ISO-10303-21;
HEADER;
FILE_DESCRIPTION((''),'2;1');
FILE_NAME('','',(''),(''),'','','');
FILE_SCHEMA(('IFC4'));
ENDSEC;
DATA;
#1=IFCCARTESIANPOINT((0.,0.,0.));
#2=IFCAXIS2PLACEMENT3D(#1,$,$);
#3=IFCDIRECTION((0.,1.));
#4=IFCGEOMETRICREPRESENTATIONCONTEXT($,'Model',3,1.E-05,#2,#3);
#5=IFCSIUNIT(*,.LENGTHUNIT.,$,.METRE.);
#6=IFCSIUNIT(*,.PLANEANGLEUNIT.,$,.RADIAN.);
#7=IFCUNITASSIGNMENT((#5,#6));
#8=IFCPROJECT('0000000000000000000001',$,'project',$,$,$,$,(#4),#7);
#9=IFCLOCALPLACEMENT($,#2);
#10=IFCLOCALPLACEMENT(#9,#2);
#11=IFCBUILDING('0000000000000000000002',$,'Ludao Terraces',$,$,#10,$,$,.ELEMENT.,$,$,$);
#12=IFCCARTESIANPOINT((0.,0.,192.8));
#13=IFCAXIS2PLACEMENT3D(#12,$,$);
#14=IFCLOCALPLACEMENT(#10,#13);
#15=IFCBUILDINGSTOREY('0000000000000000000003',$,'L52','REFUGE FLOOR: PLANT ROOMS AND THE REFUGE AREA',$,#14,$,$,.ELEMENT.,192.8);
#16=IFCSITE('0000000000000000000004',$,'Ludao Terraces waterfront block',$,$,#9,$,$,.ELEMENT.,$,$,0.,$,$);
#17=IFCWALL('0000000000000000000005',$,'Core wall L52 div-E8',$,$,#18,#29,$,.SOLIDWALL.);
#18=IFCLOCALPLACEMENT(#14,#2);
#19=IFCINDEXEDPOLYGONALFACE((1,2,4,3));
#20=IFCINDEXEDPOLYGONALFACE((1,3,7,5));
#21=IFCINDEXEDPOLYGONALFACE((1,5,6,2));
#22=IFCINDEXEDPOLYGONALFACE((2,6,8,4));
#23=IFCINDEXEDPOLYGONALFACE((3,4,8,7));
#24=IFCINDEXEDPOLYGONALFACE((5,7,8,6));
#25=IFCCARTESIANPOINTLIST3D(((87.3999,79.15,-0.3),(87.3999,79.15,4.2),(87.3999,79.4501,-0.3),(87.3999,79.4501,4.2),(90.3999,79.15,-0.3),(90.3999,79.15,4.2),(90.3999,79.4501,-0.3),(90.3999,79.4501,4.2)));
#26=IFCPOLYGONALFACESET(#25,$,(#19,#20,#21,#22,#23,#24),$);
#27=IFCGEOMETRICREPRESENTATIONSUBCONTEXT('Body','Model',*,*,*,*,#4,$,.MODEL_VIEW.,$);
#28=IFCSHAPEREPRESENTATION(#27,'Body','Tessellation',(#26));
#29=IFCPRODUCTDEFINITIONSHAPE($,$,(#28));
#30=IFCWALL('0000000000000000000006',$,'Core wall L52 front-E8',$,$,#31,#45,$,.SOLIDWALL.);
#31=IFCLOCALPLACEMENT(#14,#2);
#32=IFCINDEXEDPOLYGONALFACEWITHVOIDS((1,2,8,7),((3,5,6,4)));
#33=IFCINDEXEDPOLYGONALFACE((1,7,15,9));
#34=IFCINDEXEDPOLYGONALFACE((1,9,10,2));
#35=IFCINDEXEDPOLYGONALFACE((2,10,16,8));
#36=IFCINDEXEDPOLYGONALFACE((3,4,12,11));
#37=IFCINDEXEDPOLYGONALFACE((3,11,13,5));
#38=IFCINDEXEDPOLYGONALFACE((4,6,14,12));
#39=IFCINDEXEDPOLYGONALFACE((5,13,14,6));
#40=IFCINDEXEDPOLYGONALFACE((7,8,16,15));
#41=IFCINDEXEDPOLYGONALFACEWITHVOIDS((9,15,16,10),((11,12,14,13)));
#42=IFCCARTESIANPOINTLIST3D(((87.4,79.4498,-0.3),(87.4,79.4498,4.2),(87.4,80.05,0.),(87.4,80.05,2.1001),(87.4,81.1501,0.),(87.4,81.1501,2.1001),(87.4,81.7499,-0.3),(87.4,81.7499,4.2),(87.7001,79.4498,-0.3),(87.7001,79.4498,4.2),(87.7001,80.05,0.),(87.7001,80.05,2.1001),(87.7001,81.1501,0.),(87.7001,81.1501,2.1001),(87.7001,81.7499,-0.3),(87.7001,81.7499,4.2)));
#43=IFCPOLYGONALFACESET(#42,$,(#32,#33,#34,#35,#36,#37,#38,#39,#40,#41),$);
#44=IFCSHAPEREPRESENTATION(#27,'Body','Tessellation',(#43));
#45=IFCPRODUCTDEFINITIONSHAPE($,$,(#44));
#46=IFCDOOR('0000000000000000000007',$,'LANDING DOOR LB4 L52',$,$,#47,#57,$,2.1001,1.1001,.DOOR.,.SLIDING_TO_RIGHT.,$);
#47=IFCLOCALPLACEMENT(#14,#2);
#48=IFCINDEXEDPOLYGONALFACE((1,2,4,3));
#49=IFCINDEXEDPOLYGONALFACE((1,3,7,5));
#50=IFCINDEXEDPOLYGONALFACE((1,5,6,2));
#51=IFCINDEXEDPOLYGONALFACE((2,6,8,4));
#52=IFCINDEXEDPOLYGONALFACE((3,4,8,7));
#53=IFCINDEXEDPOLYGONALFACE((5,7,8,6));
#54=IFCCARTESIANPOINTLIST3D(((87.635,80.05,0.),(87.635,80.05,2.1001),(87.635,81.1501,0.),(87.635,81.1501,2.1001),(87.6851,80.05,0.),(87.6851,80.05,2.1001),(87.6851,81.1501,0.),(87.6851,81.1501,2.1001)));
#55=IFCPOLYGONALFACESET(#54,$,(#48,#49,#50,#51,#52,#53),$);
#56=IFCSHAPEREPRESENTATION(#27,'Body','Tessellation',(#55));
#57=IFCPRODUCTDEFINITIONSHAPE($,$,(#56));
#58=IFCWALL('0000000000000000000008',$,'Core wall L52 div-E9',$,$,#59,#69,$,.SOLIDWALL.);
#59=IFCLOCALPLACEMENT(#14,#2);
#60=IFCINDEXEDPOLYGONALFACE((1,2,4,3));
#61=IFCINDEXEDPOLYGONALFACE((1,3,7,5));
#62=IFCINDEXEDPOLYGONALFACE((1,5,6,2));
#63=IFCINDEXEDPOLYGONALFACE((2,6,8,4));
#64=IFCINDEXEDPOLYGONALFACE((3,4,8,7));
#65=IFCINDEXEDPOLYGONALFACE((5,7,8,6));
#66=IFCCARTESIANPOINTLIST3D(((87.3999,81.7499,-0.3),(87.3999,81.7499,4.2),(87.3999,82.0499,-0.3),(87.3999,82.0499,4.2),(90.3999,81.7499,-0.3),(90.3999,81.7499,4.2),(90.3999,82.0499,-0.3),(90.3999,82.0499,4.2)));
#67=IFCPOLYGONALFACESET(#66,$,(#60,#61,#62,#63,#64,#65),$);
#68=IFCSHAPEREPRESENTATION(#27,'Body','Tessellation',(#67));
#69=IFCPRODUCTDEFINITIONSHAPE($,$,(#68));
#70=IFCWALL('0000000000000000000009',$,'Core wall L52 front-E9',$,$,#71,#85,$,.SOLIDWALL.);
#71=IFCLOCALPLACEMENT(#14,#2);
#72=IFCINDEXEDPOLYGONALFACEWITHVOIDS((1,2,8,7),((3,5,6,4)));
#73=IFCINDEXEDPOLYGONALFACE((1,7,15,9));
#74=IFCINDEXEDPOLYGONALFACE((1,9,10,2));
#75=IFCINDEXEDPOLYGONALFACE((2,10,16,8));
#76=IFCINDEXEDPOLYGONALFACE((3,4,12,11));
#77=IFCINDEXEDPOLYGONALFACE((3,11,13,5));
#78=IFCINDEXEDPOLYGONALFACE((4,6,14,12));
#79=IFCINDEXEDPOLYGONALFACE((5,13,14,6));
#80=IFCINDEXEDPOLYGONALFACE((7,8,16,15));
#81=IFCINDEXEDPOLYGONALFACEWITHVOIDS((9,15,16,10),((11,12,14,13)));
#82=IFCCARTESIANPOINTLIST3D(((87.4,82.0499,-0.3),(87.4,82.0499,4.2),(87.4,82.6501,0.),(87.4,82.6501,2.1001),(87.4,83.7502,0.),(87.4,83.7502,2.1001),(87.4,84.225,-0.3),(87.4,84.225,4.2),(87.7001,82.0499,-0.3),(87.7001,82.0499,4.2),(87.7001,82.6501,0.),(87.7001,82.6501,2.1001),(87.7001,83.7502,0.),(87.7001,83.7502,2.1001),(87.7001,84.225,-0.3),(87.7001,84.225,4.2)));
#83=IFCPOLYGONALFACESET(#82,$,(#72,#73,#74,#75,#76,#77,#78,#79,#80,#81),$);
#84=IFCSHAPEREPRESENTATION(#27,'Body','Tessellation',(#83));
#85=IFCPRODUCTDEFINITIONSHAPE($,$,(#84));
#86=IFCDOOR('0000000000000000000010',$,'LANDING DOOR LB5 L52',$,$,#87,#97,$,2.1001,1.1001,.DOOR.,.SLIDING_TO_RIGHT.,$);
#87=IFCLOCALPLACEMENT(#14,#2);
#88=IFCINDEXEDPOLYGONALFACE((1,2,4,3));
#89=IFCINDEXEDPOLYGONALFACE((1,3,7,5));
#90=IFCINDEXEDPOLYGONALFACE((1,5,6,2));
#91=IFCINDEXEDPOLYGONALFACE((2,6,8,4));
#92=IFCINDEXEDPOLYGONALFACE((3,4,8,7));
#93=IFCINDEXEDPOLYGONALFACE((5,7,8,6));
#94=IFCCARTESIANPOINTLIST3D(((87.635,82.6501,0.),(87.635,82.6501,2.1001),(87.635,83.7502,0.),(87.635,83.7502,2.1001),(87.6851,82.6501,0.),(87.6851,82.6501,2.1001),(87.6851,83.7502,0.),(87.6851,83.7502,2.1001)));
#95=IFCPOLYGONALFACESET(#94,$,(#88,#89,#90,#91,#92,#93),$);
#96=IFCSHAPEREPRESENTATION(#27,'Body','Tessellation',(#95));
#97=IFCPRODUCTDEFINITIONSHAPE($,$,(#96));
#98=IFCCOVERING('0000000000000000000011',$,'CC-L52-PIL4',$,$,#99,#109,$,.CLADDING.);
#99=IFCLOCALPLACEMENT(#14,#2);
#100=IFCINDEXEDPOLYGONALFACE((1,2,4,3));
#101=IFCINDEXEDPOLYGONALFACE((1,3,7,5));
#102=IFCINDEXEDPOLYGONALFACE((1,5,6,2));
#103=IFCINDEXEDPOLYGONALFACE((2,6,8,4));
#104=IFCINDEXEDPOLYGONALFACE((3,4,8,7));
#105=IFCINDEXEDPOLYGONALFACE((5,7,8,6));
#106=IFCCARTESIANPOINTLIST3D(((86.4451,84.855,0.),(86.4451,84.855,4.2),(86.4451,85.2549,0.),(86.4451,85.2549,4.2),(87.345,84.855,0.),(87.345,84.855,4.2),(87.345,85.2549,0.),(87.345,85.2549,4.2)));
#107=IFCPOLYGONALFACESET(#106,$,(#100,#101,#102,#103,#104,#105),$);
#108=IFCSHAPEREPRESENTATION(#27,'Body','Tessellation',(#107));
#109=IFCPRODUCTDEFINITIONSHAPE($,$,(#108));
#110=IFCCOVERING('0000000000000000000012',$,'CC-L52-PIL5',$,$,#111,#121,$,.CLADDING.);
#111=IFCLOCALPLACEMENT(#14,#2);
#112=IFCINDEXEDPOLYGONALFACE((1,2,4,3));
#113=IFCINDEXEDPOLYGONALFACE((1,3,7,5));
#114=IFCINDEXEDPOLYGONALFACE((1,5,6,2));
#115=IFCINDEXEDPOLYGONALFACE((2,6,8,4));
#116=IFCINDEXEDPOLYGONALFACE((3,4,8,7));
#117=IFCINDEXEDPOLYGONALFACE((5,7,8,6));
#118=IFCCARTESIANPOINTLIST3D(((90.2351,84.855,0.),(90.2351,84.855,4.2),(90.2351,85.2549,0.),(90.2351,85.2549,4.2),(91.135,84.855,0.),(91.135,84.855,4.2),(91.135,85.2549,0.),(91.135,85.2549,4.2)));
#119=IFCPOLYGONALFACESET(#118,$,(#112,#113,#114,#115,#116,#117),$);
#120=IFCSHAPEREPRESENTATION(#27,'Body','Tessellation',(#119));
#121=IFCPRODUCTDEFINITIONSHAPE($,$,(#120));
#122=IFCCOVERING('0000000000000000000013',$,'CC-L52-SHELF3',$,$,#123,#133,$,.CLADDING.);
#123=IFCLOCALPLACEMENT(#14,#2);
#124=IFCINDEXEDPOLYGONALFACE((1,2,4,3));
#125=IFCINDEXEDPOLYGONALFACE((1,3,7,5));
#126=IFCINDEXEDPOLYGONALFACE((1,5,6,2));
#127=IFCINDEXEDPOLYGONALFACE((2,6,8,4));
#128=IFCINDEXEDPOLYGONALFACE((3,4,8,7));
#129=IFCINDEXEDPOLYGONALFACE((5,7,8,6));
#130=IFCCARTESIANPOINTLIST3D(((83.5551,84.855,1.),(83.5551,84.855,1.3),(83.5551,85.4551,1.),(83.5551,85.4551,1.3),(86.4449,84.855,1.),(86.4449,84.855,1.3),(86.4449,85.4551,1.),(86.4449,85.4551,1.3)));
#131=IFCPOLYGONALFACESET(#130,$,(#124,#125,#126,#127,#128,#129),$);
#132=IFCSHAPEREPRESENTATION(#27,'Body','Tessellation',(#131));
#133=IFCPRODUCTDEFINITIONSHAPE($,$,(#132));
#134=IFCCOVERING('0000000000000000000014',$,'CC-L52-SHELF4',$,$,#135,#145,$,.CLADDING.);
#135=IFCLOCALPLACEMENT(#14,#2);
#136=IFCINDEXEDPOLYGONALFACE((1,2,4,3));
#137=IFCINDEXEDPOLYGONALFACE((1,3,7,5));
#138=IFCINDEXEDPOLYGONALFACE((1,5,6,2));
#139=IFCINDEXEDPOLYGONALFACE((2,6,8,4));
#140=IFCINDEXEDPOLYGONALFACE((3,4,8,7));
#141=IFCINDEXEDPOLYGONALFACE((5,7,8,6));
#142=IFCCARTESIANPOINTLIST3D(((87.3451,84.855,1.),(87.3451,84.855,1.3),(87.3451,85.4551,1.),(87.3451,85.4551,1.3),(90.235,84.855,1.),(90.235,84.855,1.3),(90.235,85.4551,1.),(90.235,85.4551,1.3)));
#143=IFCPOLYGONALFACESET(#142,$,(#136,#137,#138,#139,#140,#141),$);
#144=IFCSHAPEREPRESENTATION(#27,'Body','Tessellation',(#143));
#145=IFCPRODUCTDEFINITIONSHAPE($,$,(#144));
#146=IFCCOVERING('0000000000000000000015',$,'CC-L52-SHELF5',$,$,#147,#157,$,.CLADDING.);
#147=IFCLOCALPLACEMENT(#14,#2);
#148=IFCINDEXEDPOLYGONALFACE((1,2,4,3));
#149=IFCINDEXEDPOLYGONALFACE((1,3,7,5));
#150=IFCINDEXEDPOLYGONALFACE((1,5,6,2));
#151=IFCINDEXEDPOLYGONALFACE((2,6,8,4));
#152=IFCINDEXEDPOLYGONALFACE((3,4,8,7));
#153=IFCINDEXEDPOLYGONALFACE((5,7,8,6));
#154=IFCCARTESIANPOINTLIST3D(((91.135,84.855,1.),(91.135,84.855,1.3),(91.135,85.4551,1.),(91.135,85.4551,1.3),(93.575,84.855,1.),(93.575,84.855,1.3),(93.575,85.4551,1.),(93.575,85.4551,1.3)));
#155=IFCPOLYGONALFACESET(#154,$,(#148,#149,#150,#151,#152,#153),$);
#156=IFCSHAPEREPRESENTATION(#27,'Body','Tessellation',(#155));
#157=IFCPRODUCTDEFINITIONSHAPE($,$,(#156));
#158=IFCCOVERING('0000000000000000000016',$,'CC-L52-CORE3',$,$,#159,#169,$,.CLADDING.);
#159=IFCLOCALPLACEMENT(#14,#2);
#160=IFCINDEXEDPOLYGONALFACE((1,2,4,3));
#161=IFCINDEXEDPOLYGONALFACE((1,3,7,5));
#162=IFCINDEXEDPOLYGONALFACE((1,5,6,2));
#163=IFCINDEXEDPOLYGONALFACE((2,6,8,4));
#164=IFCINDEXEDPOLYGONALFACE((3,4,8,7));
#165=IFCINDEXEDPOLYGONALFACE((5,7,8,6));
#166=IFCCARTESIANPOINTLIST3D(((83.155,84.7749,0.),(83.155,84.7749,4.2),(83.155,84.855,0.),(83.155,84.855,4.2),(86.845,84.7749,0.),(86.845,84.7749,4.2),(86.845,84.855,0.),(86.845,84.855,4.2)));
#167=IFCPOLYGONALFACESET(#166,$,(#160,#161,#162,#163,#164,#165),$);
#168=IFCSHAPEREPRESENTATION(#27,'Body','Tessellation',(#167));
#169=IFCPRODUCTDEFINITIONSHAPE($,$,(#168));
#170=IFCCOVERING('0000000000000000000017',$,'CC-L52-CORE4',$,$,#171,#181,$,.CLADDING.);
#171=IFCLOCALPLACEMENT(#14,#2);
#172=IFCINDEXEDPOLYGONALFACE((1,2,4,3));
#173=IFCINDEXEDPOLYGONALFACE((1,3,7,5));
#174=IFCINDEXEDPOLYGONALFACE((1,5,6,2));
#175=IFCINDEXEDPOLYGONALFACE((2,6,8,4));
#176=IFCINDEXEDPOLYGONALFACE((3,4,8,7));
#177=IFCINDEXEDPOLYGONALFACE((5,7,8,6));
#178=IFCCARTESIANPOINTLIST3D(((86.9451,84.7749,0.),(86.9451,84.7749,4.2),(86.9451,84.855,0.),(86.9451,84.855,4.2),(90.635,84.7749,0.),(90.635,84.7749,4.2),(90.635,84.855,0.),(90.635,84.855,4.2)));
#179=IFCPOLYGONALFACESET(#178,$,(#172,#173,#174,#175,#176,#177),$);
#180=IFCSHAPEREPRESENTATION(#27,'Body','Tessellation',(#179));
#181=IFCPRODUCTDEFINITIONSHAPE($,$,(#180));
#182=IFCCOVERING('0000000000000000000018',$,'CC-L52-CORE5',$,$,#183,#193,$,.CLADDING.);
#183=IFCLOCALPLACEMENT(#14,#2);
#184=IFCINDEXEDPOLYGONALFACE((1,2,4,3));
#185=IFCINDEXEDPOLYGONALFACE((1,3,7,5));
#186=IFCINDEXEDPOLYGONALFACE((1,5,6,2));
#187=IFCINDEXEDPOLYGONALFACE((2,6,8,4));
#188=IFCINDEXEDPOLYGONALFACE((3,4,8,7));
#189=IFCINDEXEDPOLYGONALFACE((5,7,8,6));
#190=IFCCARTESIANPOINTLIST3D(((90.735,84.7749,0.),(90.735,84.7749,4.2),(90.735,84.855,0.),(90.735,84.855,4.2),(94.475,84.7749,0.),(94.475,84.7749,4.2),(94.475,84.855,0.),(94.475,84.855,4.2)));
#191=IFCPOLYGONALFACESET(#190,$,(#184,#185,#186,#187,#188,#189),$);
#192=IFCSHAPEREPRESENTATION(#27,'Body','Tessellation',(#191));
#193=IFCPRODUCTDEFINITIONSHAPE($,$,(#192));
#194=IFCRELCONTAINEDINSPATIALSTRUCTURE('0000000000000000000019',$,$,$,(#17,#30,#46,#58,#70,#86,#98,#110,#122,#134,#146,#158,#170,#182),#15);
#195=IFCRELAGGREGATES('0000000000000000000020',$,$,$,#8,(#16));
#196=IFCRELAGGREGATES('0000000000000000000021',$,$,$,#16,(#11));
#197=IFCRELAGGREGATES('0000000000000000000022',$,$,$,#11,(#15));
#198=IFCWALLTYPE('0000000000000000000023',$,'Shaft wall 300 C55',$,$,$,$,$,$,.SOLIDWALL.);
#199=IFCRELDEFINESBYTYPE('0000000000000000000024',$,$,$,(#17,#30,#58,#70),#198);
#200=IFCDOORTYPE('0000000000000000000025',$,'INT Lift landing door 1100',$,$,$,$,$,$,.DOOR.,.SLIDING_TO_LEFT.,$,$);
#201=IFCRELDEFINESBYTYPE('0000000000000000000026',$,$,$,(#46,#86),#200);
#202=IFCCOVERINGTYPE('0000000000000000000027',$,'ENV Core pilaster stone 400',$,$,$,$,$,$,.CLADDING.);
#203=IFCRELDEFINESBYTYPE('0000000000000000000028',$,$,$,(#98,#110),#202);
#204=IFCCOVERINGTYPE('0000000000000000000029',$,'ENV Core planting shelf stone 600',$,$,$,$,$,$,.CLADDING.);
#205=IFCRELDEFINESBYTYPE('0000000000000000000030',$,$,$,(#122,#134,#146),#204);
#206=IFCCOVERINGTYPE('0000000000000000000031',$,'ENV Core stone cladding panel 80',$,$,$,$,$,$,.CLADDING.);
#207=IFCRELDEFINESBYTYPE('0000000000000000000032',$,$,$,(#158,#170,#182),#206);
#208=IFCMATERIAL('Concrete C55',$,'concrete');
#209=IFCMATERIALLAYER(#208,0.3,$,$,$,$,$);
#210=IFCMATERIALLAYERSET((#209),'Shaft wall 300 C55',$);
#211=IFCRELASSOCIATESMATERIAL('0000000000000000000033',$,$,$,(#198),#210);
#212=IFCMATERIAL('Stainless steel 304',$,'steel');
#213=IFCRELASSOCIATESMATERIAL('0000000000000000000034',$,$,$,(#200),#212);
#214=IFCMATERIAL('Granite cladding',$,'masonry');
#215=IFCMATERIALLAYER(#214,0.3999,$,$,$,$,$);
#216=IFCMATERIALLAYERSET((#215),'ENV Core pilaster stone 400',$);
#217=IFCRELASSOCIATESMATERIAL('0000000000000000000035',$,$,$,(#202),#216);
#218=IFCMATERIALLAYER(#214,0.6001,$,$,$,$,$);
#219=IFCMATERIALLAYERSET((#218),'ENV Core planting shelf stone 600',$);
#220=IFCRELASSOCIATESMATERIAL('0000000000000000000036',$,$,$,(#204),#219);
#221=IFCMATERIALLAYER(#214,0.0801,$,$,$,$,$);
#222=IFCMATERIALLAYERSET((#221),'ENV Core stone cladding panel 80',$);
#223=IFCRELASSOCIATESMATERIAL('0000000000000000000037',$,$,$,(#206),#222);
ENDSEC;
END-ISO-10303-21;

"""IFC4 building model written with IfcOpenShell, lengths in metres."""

from ifc_helpers import new_model, si_unit, direction, frame, frame_2d, origin, origin_2d, place, context, subcontext, project, spatial, rectangle, extrude, material, layer, layer_set, type_object, element, fill, save


model = new_model("IFC4")

# Units and contexts
model_context = context("Model", 3, precision=1e-05, world=origin(), true_north=direction((0.0, 1.0)))
body_context = subcontext(model_context, "Body", "Model", "MODEL_VIEW")
ifc_project = project(units=[si_unit("LENGTHUNIT", "METRE"), si_unit("PLANEANGLEUNIT", "RADIAN")], contexts=[model_context])

# Site, building, storey
site_placement = place(None, origin())
site = spatial("IfcSite", under=ifc_project, at=site_placement, Name="Ludao Terraces waterfront block", CompositionType="ELEMENT", RefElevation=0.0)
building_placement = place(site_placement, origin())
building = spatial("IfcBuilding", under=site, at=building_placement, Name="Ludao Terraces", CompositionType="ELEMENT")
storey_placement = place(building_placement, frame((0.0, 0.0, 192.8)))
storey = spatial("IfcBuildingStorey", under=building, at=storey_placement, Name="L52", Description="REFUGE FLOOR: PLANT ROOMS AND THE REFUGE AREA", CompositionType="ELEMENT", Elevation=192.8)

# Wall
ifc_material_1 = material(Name="Concrete C55", Category="concrete")
ifc_layer_1 = layer(ifc_material_1, 0.3)
ifc_layer_set_1 = layer_set([ifc_layer_1], Name="Shaft wall 300 C55")
wall_type = type_object("IfcWallType", Name="Shaft wall 300 C55", PredefinedType="SOLIDWALL", material=ifc_layer_set_1)
wall_1_placement = place(storey_placement, frame((87.3999, 79.3, -0.3), z_axis=(0.0, 0.0, 1.0), x_axis=(1.0, 0.0, 0.0)))
element("IfcWall", 1, at=wall_1_placement, inside=storey, type_object=wall_type, Name="Core wall L52 div-E8", PredefinedType="SOLIDWALL", context=body_context, shape_type="SweptSolid", body=[
    extrude(rectangle(XDim=3.0, YDim=0.3, at=frame_2d((1.5, 0.0))), origin(), (0.0, 0.0, 1.0), 4.5),
])

# Wall, opening, door
wall_2_placement = place(storey_placement, frame((87.55, 79.45, -0.3), z_axis=(0.0, 0.0, 1.0), x_axis=(0.0, 1.0, 0.0)))
wall_2 = element("IfcWall", 2, at=wall_2_placement, inside=storey, type_object=wall_type, Name="Core wall L52 front-E8", PredefinedType="SOLIDWALL", context=body_context, shape_type="SweptSolid", body=[
    extrude(rectangle(XDim=2.3, YDim=0.3, at=frame_2d((1.1499, 0.0))), origin(), (0.0, 0.0, 1.0), 4.5),
])
opening_1_placement = place(wall_2_placement, frame((0.6001, 0.0, 0.3)))
opening_1 = element("IfcOpeningElement", 3, at=opening_1_placement, cuts=wall_2, PredefinedType="OPENING", context=body_context, shape_type="SweptSolid", body=[
    extrude(rectangle(XDim=1.1001, YDim=2.1001, at=frame_2d((0.55, 1.05))), frame((0.0, 0.1602, 0.0), z_axis=(0.0, -1.0, 0.0), x_axis=(1.0, 0.0, 0.0)), (0.0, 0.0, 1.0), 0.3201),
])
ifc_material_2 = material(Name="Stainless steel 304", Category="steel")
door_type = type_object("IfcDoorType", Name="INT Lift landing door 1100", OperationType="SLIDING_TO_LEFT", PredefinedType="DOOR", material=ifc_material_2)
door_1_placement = place(opening_1_placement, origin())
door_1 = element("IfcDoor", 4, at=door_1_placement, inside=storey, type_object=door_type, Name="LANDING DOOR LB4 L52", OperationType="SLIDING_TO_RIGHT", OverallHeight=2.1001, OverallWidth=1.1001, PredefinedType="DOOR", context=body_context, shape_type="SweptSolid", body=[
    extrude(rectangle(XDim=1.1001, YDim=2.1001, at=frame_2d((0.55, 1.05))), frame((0.0, -0.085, 0.0), z_axis=(0.0, -1.0, 0.0), x_axis=(1.0, 0.0, 0.0)), (0.0, 0.0, 1.0), 0.05),
])
fill(opening_1, door_1)

# Wall
wall_3_placement = place(storey_placement, frame((87.3999, 81.8999, -0.3), z_axis=(0.0, 0.0, 1.0), x_axis=(1.0, 0.0, 0.0)))
element("IfcWall", 5, at=wall_3_placement, inside=storey, type_object=wall_type, Name="Core wall L52 div-E9", PredefinedType="SOLIDWALL", context=body_context, shape_type="SweptSolid", body=[
    extrude(rectangle(XDim=3.0, YDim=0.3, at=frame_2d((1.5, 0.0))), origin(), (0.0, 0.0, 1.0), 4.5),
])

# Wall, opening, door
wall_4_placement = place(storey_placement, frame((87.55, 82.05, -0.3), z_axis=(0.0, 0.0, 1.0), x_axis=(0.0, 1.0, 0.0)))
wall_4 = element("IfcWall", 6, at=wall_4_placement, inside=storey, type_object=wall_type, Name="Core wall L52 front-E9", PredefinedType="SOLIDWALL", context=body_context, shape_type="SweptSolid", body=[
    extrude(rectangle(XDim=2.175, YDim=0.3, at=frame_2d((1.0874, 0.0))), origin(), (0.0, 0.0, 1.0), 4.5),
])
opening_2_placement = place(wall_4_placement, frame((0.6001, 0.0, 0.3)))
opening_2 = element("IfcOpeningElement", 7, at=opening_2_placement, cuts=wall_4, PredefinedType="OPENING", context=body_context, shape_type="SweptSolid", body=[
    extrude(rectangle(XDim=1.1001, YDim=2.1001, at=frame_2d((0.55, 1.05))), frame((0.0, 0.1602, 0.0), z_axis=(0.0, -1.0, 0.0), x_axis=(1.0, 0.0, 0.0)), (0.0, 0.0, 1.0), 0.3201),
])
door_2_placement = place(opening_2_placement, origin())
door_2 = element("IfcDoor", 8, at=door_2_placement, inside=storey, type_object=door_type, Name="LANDING DOOR LB5 L52", OperationType="SLIDING_TO_RIGHT", OverallHeight=2.1001, OverallWidth=1.1001, PredefinedType="DOOR", context=body_context, shape_type="SweptSolid", body=[
    extrude(rectangle(XDim=1.1001, YDim=2.1001, at=frame_2d((0.55, 1.05))), frame((0.0, -0.085, 0.0), z_axis=(0.0, -1.0, 0.0), x_axis=(1.0, 0.0, 0.0)), (0.0, 0.0, 1.0), 0.05),
])
fill(opening_2, door_2)

# Coverings
ifc_material_3 = material(Name="Granite cladding", Category="masonry")
ifc_layer_2 = layer(ifc_material_3, 0.3999)
ifc_layer_set_2 = layer_set([ifc_layer_2], Name="ENV Core pilaster stone 400")
covering_type_1 = type_object("IfcCoveringType", Name="ENV Core pilaster stone 400", PredefinedType="CLADDING", material=ifc_layer_set_2)
for number, where, z_axis, x_axis, name in (
    (9, (86.895, 85.0549, 0.0), (0.0, 0.0, 1.0), (1.0, 0.0, 0.0), "CC-L52-PIL4"),
    (10, (90.6851, 85.0549, 0.0), (0.0, 0.0, 1.0), (1.0, 0.0, 0.0), "CC-L52-PIL5"),
):
    element("IfcCovering", number, at=place(storey_placement, frame(where, z_axis=z_axis, x_axis=x_axis)), inside=storey, type_object=covering_type_1, Name=name, PredefinedType="CLADDING", context=body_context, shape_type="SweptSolid", body=[
        extrude(rectangle(XDim=0.8999, YDim=0.3999, at=origin_2d()), origin(), (0.0, 0.0, 1.0), 4.2),
    ])
ifc_layer_3 = layer(ifc_material_3, 0.6001)
ifc_layer_set_3 = layer_set([ifc_layer_3], Name="ENV Core planting shelf stone 600")
covering_type_2 = type_object("IfcCoveringType", Name="ENV Core planting shelf stone 600", PredefinedType="CLADDING", material=ifc_layer_set_3)
for number, where, z_axis, x_axis, name in (
    (11, (85.0, 85.155, 1.0), (0.0, 0.0, 1.0), (1.0, 0.0, 0.0), "CC-L52-SHELF3"),
    (12, (88.79, 85.155, 1.0), (0.0, 0.0, 1.0), (1.0, 0.0, 0.0), "CC-L52-SHELF4"),
):
    element("IfcCovering", number, at=place(storey_placement, frame(where, z_axis=z_axis, x_axis=x_axis)), inside=storey, type_object=covering_type_2, Name=name, PredefinedType="CLADDING", context=body_context, shape_type="SweptSolid", body=[
        extrude(rectangle(XDim=2.8899, YDim=0.6001, at=origin_2d()), origin(), (0.0, 0.0, 1.0), 0.3),
    ])
covering_1_placement = place(storey_placement, frame((92.355, 85.155, 1.0), z_axis=(0.0, 0.0, 1.0), x_axis=(1.0, 0.0, 0.0)))
element("IfcCovering", 13, at=covering_1_placement, inside=storey, type_object=covering_type_2, Name="CC-L52-SHELF5", PredefinedType="CLADDING", context=body_context, shape_type="SweptSolid", body=[
    extrude(rectangle(XDim=2.4399, YDim=0.6001, at=origin_2d()), origin(), (0.0, 0.0, 1.0), 0.3),
])
ifc_layer_4 = layer(ifc_material_3, 0.0801)
ifc_layer_set_4 = layer_set([ifc_layer_4], Name="ENV Core stone cladding panel 80")
covering_type_3 = type_object("IfcCoveringType", Name="ENV Core stone cladding panel 80", PredefinedType="CLADDING", material=ifc_layer_set_4)
for number, where, z_axis, x_axis, name in (
    (14, (85.0, 84.8149, 0.0), (0.0, 0.0, 1.0), (1.0, 0.0, 0.0), "CC-L52-CORE3"),
    (15, (88.79, 84.8149, 0.0), (0.0, 0.0, 1.0), (1.0, 0.0, 0.0), "CC-L52-CORE4"),
):
    element("IfcCovering", number, at=place(storey_placement, frame(where, z_axis=z_axis, x_axis=x_axis)), inside=storey, type_object=covering_type_3, Name=name, PredefinedType="CLADDING", context=body_context, shape_type="SweptSolid", body=[
        extrude(rectangle(XDim=3.6899, YDim=0.0801, at=origin_2d()), origin(), (0.0, 0.0, 1.0), 4.2),
    ])
covering_2_placement = place(storey_placement, frame((92.605, 84.8149, 0.0), z_axis=(0.0, 0.0, 1.0), x_axis=(1.0, 0.0, 0.0)))
element("IfcCovering", 16, at=covering_2_placement, inside=storey, type_object=covering_type_3, Name="CC-L52-CORE5", PredefinedType="CLADDING", context=body_context, shape_type="SweptSolid", body=[
    extrude(rectangle(XDim=3.74, YDim=0.0801, at=origin_2d()), origin(), (0.0, 0.0, 1.0), 4.2),
])

save(model, "model.ifc")
